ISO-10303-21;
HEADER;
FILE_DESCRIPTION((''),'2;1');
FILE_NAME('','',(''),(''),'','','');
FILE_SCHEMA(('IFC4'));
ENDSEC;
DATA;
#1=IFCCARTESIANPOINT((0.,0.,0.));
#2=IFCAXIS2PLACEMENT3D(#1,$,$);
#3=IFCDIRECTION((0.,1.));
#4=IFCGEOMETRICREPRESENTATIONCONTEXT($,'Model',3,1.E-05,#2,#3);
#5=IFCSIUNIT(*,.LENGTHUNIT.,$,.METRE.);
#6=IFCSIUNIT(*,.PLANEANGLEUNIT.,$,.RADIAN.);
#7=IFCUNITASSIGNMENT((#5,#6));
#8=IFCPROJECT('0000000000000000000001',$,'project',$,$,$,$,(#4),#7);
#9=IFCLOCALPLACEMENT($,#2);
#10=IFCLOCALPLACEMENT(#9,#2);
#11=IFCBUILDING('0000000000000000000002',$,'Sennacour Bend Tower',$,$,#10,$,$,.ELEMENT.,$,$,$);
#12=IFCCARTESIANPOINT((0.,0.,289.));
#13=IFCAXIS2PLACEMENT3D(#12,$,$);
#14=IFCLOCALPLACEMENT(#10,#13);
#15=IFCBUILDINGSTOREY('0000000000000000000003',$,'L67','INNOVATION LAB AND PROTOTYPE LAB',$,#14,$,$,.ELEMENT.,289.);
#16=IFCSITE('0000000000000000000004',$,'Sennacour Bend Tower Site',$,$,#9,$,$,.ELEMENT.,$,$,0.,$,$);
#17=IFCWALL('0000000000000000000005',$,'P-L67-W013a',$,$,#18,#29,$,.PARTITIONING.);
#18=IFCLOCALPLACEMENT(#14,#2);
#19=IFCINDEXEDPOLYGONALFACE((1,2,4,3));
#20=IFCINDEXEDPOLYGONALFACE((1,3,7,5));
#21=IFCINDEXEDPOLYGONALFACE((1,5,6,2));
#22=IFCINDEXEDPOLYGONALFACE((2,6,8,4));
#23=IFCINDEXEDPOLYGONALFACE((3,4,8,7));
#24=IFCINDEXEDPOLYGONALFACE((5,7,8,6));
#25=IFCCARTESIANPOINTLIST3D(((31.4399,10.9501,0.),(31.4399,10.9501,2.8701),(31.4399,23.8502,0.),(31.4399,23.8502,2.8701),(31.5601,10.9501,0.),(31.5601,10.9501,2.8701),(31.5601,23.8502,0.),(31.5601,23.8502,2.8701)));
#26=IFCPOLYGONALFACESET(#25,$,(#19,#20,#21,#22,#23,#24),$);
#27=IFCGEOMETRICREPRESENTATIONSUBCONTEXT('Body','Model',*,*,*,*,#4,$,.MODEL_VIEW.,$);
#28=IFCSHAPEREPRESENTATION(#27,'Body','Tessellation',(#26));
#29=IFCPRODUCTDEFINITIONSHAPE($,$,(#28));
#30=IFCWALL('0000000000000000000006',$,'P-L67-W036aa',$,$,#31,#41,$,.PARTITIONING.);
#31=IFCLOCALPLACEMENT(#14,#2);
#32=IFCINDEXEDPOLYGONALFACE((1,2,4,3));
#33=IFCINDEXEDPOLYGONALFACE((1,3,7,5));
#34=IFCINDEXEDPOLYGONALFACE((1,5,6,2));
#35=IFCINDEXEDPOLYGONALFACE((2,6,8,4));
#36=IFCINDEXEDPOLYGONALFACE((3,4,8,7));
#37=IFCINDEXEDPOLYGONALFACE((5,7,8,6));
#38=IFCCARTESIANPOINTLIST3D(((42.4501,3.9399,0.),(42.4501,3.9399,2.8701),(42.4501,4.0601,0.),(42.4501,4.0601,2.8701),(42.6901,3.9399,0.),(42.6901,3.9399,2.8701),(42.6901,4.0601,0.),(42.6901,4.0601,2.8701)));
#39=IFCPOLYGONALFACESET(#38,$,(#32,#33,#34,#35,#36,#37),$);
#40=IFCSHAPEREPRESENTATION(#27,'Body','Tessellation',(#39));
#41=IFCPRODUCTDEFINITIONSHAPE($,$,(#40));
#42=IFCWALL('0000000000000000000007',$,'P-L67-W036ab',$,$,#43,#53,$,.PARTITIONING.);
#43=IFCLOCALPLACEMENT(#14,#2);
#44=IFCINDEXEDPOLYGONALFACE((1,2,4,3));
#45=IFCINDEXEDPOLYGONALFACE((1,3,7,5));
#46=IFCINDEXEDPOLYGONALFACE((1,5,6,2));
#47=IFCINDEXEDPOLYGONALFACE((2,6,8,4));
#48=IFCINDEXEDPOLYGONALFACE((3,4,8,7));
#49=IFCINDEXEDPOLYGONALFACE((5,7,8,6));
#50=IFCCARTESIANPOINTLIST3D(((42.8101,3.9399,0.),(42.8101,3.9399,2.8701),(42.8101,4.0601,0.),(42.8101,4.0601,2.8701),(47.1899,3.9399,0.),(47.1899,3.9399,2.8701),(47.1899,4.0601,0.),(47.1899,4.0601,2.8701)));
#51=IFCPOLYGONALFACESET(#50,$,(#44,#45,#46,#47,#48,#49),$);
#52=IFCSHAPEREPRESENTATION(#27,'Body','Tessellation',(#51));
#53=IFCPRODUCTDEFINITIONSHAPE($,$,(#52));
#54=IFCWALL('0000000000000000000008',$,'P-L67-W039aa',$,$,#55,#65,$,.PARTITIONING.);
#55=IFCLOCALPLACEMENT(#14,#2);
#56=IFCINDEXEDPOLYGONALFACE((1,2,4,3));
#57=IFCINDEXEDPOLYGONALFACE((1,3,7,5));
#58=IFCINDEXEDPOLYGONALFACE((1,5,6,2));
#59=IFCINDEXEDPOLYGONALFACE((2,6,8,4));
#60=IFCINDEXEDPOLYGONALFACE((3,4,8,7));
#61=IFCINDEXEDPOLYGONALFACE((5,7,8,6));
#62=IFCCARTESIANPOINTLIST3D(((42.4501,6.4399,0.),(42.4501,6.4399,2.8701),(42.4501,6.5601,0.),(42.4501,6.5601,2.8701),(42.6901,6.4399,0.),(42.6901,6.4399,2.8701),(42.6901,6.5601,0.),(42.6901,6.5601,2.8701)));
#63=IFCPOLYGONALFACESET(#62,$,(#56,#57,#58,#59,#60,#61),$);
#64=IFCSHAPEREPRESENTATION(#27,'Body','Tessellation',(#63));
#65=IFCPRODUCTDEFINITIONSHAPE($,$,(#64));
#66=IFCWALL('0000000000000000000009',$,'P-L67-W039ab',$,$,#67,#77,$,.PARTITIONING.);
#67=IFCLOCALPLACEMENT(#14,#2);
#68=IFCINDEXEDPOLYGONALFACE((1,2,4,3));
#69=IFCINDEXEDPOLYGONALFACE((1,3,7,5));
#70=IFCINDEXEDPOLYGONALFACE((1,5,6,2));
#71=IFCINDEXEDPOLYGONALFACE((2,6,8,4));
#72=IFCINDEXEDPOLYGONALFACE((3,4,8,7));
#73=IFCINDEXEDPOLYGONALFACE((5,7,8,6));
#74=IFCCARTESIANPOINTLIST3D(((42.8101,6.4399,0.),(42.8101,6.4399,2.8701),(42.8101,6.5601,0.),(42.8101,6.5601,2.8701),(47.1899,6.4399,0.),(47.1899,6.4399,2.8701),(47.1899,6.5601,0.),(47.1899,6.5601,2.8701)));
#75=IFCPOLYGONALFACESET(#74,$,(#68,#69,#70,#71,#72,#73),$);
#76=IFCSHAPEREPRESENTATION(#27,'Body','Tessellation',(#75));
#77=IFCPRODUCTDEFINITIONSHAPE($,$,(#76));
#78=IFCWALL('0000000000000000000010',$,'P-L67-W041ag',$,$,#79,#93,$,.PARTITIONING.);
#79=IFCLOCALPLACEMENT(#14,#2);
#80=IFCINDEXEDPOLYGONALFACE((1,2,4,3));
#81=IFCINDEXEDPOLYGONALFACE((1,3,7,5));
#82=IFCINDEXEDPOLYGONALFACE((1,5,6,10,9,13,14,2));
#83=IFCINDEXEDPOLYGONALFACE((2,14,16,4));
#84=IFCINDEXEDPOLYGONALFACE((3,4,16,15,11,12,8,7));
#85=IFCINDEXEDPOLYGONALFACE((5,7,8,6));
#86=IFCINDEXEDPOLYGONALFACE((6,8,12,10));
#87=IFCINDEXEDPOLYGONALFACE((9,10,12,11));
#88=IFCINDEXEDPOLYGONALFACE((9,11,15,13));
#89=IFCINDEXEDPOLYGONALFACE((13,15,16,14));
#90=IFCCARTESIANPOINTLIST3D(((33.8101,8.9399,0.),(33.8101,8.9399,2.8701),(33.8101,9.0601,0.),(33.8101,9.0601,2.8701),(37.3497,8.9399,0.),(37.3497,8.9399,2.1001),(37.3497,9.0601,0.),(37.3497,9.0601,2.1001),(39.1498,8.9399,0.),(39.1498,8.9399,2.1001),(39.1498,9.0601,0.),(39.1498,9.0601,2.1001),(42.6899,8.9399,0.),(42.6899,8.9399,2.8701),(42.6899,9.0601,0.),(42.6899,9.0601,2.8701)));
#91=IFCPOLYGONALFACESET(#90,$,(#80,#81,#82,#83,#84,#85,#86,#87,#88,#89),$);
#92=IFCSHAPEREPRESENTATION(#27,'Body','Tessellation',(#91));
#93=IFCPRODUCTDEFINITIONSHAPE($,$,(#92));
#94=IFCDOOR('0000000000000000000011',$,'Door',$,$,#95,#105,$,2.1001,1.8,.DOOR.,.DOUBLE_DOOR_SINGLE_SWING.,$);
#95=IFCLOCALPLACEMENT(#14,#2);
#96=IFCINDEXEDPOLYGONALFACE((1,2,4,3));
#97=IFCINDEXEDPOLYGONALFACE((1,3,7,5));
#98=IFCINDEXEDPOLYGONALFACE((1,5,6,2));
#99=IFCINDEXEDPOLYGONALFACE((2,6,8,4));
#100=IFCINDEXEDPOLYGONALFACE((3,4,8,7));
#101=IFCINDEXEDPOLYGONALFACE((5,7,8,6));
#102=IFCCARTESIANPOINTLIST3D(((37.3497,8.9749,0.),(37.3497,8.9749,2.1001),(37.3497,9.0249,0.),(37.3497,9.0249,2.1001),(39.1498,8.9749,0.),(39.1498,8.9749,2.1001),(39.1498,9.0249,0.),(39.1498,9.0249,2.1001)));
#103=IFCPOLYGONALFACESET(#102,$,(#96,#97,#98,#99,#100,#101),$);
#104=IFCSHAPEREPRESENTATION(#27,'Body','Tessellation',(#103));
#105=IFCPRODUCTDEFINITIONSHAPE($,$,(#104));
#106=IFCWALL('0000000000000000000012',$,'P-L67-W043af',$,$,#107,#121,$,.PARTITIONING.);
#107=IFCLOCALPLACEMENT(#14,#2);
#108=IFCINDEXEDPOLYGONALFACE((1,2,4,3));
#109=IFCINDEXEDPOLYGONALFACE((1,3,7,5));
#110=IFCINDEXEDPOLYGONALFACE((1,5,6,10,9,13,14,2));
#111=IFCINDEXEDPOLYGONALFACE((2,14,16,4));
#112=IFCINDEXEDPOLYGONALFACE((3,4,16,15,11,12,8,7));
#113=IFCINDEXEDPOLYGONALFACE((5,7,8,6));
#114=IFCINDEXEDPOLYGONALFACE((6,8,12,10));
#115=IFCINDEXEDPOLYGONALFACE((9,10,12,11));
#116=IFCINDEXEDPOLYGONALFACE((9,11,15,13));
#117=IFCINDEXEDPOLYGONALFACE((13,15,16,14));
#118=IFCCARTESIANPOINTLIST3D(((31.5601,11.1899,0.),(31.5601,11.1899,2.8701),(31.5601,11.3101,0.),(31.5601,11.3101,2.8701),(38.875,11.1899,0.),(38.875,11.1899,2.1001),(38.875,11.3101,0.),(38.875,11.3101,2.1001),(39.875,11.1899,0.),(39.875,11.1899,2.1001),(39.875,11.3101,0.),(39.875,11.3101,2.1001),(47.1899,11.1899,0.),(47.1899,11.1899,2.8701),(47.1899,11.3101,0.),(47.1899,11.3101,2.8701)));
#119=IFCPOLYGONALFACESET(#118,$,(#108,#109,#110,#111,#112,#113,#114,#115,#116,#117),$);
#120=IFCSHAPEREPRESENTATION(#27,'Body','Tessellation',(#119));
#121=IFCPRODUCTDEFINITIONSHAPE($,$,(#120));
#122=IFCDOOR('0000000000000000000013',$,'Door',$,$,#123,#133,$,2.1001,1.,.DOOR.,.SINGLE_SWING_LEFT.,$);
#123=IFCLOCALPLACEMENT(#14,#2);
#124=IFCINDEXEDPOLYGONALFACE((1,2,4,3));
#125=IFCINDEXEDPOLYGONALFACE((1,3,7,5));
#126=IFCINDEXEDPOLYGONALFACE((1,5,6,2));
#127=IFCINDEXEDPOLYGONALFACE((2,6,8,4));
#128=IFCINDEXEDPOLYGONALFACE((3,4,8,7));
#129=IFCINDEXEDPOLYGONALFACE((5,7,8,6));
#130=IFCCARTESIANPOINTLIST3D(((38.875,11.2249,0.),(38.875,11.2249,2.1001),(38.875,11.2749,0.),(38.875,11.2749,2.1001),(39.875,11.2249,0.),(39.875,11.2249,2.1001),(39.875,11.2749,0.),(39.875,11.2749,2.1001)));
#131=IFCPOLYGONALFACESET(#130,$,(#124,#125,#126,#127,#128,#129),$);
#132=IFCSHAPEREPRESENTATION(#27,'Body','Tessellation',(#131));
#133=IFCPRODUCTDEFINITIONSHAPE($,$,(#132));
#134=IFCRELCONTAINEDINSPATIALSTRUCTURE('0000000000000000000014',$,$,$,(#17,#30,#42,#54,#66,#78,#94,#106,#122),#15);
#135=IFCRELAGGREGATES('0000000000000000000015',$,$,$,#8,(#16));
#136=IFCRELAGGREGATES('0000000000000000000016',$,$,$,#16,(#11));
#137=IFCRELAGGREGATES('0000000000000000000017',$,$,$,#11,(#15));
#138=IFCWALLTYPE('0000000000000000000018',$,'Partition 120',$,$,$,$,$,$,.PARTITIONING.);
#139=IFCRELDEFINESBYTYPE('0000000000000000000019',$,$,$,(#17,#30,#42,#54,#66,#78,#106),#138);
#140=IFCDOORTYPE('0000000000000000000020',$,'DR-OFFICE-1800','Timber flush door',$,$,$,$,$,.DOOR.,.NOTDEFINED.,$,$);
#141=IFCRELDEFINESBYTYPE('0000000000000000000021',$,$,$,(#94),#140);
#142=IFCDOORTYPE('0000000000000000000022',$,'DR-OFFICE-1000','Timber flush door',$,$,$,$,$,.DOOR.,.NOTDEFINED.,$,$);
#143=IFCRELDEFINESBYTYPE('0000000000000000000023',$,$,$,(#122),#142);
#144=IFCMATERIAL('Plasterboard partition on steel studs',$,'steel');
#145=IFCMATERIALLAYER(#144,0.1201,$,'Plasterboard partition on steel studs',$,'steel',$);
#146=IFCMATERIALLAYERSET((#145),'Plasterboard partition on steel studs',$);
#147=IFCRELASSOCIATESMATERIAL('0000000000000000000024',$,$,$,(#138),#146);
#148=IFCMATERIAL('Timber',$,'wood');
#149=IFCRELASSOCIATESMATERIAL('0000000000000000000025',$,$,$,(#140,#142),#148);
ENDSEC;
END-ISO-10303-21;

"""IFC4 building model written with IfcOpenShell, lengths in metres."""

from ifc_helpers import new_model, si_unit, direction, frame, frame_2d, origin, place, context, subcontext, project, spatial, rectangle, extrude, material, layer, layer_set, type_object, element, fill, save


model = new_model("IFC4")

# Units and contexts
model_context = context("Model", 3, precision=1e-05, world=origin(), true_north=direction((0.0, 1.0)))
body_context = subcontext(model_context, "Body", "Model", "MODEL_VIEW")
ifc_project = project(units=[si_unit("LENGTHUNIT", "METRE"), si_unit("PLANEANGLEUNIT", "RADIAN")], contexts=[model_context])

# Site, building, storey
site_placement = place(None, origin())
site = spatial("IfcSite", under=ifc_project, at=site_placement, Name="Sennacour Bend Tower Site", CompositionType="ELEMENT", RefElevation=0.0)
building_placement = place(site_placement, origin())
building = spatial("IfcBuilding", under=site, at=building_placement, Name="Sennacour Bend Tower", CompositionType="ELEMENT")
storey_placement = place(building_placement, frame((0.0, 0.0, 289.0)))
storey = spatial("IfcBuildingStorey", under=building, at=storey_placement, Name="L67", Description="INNOVATION LAB AND PROTOTYPE LAB", CompositionType="ELEMENT", Elevation=289.0)

# Walls
ifc_material_1 = material(Name="Plasterboard partition on steel studs", Category="steel")
ifc_layer_1 = layer(ifc_material_1, 0.1201, Name="Plasterboard partition on steel studs", Category="steel")
ifc_layer_set_1 = layer_set([ifc_layer_1], Name="Plasterboard partition on steel studs")
wall_type_1 = type_object("IfcWallType", Name="Partition 120", PredefinedType="PARTITIONING", material=ifc_layer_set_1)
wall_1_placement = place(storey_placement, frame((31.5, 10.95, 0.0), z_axis=(0.0, 0.0, 1.0), x_axis=(0.0, 1.0, 0.0)))
element("IfcWall", 1, at=wall_1_placement, inside=storey, type_object=wall_type_1, Name="P-L67-W013a", PredefinedType="PARTITIONING", context=body_context, shape_type="SweptSolid", body=[
    extrude(rectangle(XDim=12.9001, YDim=0.1201, at=frame_2d((6.4502, 0.0))), origin(), (0.0, 0.0, 1.0), 2.8701),
])
wall_2_placement = place(storey_placement, frame((42.45, 4.0, 0.0), z_axis=(0.0, 0.0, 1.0), x_axis=(1.0, 0.0, 0.0)))
element("IfcWall", 2, at=wall_2_placement, inside=storey, type_object=wall_type_1, Name="P-L67-W036aa", PredefinedType="PARTITIONING", context=body_context, shape_type="SweptSolid", body=[
    extrude(rectangle(XDim=0.24, YDim=0.1201, at=frame_2d((0.1201, 0.0))), origin(), (0.0, 0.0, 1.0), 2.8701),
])
wall_3_placement = place(storey_placement, frame((42.8101, 4.0, 0.0), z_axis=(0.0, 0.0, 1.0), x_axis=(1.0, 0.0, 0.0)))
element("IfcWall", 3, at=wall_3_placement, inside=storey, type_object=wall_type_1, Name="P-L67-W036ab", PredefinedType="PARTITIONING", context=body_context, shape_type="SweptSolid", body=[
    extrude(rectangle(XDim=4.3799, YDim=0.1201, at=frame_2d((2.1899, 0.0))), origin(), (0.0, 0.0, 1.0), 2.8701),
])
wall_4_placement = place(storey_placement, frame((42.45, 6.5, 0.0), z_axis=(0.0, 0.0, 1.0), x_axis=(1.0, 0.0, 0.0)))
element("IfcWall", 4, at=wall_4_placement, inside=storey, type_object=wall_type_1, Name="P-L67-W039aa", PredefinedType="PARTITIONING", context=body_context, shape_type="SweptSolid", body=[
    extrude(rectangle(XDim=0.24, YDim=0.1201, at=frame_2d((0.1201, 0.0))), origin(), (0.0, 0.0, 1.0), 2.8701),
])
wall_5_placement = place(storey_placement, frame((42.8101, 6.5, 0.0), z_axis=(0.0, 0.0, 1.0), x_axis=(1.0, 0.0, 0.0)))
element("IfcWall", 5, at=wall_5_placement, inside=storey, type_object=wall_type_1, Name="P-L67-W039ab", PredefinedType="PARTITIONING", context=body_context, shape_type="SweptSolid", body=[
    extrude(rectangle(XDim=4.3799, YDim=0.1201, at=frame_2d((2.1899, 0.0))), origin(), (0.0, 0.0, 1.0), 2.8701),
])

# Walls, openings, doors
wall_6_placement = place(storey_placement, frame((33.8101, 9.0, 0.0), z_axis=(0.0, 0.0, 1.0), x_axis=(1.0, 0.0, 0.0)))
wall_6 = element("IfcWall", 6, at=wall_6_placement, inside=storey, type_object=wall_type_1, Name="P-L67-W041ag", PredefinedType="PARTITIONING", context=body_context, shape_type="SweptSolid", body=[
    extrude(rectangle(XDim=8.8799, YDim=0.1201, at=frame_2d((4.4399, 0.0))), origin(), (0.0, 0.0, 1.0), 2.8701),
])
opening_1_placement = place(wall_6_placement, frame((3.5398, 0.0, 0.0)))
opening_1 = element("IfcOpeningElement", 7, at=opening_1_placement, cuts=wall_6, PredefinedType="OPENING", context=body_context, shape_type="SweptSolid", body=[
    extrude(rectangle(XDim=1.8, YDim=2.1001, at=frame_2d((0.8999, 1.05))), frame((0.0, 0.0701, 0.0), z_axis=(0.0, -1.0, 0.0), x_axis=(1.0, 0.0, 0.0)), (0.0, 0.0, 1.0), 0.1401),
])
ifc_material_2 = material(Name="Timber", Category="wood")
door_type_1 = type_object("IfcDoorType", Name="DR-OFFICE-1800", Description="Timber flush door", OperationType="NOTDEFINED", PredefinedType="DOOR", material=ifc_material_2)
door_1_placement = place(opening_1_placement, origin())
door_1 = element("IfcDoor", 8, at=door_1_placement, inside=storey, type_object=door_type_1, Name="Door", OperationType="DOUBLE_DOOR_SINGLE_SWING", OverallHeight=2.1001, OverallWidth=1.8, PredefinedType="DOOR", context=body_context, shape_type="SweptSolid", body=[
    extrude(rectangle(XDim=1.8, YDim=2.1001, at=frame_2d((0.8999, 1.05))), frame((0.0, 0.0249, 0.0), z_axis=(0.0, -1.0, 0.0), x_axis=(1.0, 0.0, 0.0)), (0.0, 0.0, 1.0), 0.05),
])
fill(opening_1, door_1)
wall_7_placement = place(storey_placement, frame((31.5601, 11.25, 0.0), z_axis=(0.0, 0.0, 1.0), x_axis=(1.0, 0.0, 0.0)))
wall_7 = element("IfcWall", 9, at=wall_7_placement, inside=storey, type_object=wall_type_1, Name="P-L67-W043af", PredefinedType="PARTITIONING", context=body_context, shape_type="SweptSolid", body=[
    extrude(rectangle(XDim=15.6299, YDim=0.1201, at=frame_2d((7.8149, 0.0))), origin(), (0.0, 0.0, 1.0), 2.8701),
])
opening_2_placement = place(wall_7_placement, frame((7.3149, 0.0, 0.0)))
opening_2 = element("IfcOpeningElement", 10, at=opening_2_placement, cuts=wall_7, PredefinedType="OPENING", context=body_context, shape_type="SweptSolid", body=[
    extrude(rectangle(XDim=1.0, YDim=2.1001, at=frame_2d((0.5, 1.05))), frame((0.0, 0.0701, 0.0), z_axis=(0.0, -1.0, 0.0), x_axis=(1.0, 0.0, 0.0)), (0.0, 0.0, 1.0), 0.1401),
])
door_type_2 = type_object("IfcDoorType", Name="DR-OFFICE-1000", Description="Timber flush door", OperationType="NOTDEFINED", PredefinedType="DOOR", material=ifc_material_2)
door_2_placement = place(opening_2_placement, origin())
door_2 = element("IfcDoor", 11, at=door_2_placement, inside=storey, type_object=door_type_2, Name="Door", OperationType="SINGLE_SWING_LEFT", OverallHeight=2.1001, OverallWidth=1.0, PredefinedType="DOOR", context=body_context, shape_type="SweptSolid", body=[
    extrude(rectangle(XDim=1.0, YDim=2.1001, at=frame_2d((0.5, 1.05))), frame((0.0, 0.0249, 0.0), z_axis=(0.0, -1.0, 0.0), x_axis=(1.0, 0.0, 0.0)), (0.0, 0.0, 1.0), 0.05),
])
fill(opening_2, door_2)

save(model, "model.ifc")
